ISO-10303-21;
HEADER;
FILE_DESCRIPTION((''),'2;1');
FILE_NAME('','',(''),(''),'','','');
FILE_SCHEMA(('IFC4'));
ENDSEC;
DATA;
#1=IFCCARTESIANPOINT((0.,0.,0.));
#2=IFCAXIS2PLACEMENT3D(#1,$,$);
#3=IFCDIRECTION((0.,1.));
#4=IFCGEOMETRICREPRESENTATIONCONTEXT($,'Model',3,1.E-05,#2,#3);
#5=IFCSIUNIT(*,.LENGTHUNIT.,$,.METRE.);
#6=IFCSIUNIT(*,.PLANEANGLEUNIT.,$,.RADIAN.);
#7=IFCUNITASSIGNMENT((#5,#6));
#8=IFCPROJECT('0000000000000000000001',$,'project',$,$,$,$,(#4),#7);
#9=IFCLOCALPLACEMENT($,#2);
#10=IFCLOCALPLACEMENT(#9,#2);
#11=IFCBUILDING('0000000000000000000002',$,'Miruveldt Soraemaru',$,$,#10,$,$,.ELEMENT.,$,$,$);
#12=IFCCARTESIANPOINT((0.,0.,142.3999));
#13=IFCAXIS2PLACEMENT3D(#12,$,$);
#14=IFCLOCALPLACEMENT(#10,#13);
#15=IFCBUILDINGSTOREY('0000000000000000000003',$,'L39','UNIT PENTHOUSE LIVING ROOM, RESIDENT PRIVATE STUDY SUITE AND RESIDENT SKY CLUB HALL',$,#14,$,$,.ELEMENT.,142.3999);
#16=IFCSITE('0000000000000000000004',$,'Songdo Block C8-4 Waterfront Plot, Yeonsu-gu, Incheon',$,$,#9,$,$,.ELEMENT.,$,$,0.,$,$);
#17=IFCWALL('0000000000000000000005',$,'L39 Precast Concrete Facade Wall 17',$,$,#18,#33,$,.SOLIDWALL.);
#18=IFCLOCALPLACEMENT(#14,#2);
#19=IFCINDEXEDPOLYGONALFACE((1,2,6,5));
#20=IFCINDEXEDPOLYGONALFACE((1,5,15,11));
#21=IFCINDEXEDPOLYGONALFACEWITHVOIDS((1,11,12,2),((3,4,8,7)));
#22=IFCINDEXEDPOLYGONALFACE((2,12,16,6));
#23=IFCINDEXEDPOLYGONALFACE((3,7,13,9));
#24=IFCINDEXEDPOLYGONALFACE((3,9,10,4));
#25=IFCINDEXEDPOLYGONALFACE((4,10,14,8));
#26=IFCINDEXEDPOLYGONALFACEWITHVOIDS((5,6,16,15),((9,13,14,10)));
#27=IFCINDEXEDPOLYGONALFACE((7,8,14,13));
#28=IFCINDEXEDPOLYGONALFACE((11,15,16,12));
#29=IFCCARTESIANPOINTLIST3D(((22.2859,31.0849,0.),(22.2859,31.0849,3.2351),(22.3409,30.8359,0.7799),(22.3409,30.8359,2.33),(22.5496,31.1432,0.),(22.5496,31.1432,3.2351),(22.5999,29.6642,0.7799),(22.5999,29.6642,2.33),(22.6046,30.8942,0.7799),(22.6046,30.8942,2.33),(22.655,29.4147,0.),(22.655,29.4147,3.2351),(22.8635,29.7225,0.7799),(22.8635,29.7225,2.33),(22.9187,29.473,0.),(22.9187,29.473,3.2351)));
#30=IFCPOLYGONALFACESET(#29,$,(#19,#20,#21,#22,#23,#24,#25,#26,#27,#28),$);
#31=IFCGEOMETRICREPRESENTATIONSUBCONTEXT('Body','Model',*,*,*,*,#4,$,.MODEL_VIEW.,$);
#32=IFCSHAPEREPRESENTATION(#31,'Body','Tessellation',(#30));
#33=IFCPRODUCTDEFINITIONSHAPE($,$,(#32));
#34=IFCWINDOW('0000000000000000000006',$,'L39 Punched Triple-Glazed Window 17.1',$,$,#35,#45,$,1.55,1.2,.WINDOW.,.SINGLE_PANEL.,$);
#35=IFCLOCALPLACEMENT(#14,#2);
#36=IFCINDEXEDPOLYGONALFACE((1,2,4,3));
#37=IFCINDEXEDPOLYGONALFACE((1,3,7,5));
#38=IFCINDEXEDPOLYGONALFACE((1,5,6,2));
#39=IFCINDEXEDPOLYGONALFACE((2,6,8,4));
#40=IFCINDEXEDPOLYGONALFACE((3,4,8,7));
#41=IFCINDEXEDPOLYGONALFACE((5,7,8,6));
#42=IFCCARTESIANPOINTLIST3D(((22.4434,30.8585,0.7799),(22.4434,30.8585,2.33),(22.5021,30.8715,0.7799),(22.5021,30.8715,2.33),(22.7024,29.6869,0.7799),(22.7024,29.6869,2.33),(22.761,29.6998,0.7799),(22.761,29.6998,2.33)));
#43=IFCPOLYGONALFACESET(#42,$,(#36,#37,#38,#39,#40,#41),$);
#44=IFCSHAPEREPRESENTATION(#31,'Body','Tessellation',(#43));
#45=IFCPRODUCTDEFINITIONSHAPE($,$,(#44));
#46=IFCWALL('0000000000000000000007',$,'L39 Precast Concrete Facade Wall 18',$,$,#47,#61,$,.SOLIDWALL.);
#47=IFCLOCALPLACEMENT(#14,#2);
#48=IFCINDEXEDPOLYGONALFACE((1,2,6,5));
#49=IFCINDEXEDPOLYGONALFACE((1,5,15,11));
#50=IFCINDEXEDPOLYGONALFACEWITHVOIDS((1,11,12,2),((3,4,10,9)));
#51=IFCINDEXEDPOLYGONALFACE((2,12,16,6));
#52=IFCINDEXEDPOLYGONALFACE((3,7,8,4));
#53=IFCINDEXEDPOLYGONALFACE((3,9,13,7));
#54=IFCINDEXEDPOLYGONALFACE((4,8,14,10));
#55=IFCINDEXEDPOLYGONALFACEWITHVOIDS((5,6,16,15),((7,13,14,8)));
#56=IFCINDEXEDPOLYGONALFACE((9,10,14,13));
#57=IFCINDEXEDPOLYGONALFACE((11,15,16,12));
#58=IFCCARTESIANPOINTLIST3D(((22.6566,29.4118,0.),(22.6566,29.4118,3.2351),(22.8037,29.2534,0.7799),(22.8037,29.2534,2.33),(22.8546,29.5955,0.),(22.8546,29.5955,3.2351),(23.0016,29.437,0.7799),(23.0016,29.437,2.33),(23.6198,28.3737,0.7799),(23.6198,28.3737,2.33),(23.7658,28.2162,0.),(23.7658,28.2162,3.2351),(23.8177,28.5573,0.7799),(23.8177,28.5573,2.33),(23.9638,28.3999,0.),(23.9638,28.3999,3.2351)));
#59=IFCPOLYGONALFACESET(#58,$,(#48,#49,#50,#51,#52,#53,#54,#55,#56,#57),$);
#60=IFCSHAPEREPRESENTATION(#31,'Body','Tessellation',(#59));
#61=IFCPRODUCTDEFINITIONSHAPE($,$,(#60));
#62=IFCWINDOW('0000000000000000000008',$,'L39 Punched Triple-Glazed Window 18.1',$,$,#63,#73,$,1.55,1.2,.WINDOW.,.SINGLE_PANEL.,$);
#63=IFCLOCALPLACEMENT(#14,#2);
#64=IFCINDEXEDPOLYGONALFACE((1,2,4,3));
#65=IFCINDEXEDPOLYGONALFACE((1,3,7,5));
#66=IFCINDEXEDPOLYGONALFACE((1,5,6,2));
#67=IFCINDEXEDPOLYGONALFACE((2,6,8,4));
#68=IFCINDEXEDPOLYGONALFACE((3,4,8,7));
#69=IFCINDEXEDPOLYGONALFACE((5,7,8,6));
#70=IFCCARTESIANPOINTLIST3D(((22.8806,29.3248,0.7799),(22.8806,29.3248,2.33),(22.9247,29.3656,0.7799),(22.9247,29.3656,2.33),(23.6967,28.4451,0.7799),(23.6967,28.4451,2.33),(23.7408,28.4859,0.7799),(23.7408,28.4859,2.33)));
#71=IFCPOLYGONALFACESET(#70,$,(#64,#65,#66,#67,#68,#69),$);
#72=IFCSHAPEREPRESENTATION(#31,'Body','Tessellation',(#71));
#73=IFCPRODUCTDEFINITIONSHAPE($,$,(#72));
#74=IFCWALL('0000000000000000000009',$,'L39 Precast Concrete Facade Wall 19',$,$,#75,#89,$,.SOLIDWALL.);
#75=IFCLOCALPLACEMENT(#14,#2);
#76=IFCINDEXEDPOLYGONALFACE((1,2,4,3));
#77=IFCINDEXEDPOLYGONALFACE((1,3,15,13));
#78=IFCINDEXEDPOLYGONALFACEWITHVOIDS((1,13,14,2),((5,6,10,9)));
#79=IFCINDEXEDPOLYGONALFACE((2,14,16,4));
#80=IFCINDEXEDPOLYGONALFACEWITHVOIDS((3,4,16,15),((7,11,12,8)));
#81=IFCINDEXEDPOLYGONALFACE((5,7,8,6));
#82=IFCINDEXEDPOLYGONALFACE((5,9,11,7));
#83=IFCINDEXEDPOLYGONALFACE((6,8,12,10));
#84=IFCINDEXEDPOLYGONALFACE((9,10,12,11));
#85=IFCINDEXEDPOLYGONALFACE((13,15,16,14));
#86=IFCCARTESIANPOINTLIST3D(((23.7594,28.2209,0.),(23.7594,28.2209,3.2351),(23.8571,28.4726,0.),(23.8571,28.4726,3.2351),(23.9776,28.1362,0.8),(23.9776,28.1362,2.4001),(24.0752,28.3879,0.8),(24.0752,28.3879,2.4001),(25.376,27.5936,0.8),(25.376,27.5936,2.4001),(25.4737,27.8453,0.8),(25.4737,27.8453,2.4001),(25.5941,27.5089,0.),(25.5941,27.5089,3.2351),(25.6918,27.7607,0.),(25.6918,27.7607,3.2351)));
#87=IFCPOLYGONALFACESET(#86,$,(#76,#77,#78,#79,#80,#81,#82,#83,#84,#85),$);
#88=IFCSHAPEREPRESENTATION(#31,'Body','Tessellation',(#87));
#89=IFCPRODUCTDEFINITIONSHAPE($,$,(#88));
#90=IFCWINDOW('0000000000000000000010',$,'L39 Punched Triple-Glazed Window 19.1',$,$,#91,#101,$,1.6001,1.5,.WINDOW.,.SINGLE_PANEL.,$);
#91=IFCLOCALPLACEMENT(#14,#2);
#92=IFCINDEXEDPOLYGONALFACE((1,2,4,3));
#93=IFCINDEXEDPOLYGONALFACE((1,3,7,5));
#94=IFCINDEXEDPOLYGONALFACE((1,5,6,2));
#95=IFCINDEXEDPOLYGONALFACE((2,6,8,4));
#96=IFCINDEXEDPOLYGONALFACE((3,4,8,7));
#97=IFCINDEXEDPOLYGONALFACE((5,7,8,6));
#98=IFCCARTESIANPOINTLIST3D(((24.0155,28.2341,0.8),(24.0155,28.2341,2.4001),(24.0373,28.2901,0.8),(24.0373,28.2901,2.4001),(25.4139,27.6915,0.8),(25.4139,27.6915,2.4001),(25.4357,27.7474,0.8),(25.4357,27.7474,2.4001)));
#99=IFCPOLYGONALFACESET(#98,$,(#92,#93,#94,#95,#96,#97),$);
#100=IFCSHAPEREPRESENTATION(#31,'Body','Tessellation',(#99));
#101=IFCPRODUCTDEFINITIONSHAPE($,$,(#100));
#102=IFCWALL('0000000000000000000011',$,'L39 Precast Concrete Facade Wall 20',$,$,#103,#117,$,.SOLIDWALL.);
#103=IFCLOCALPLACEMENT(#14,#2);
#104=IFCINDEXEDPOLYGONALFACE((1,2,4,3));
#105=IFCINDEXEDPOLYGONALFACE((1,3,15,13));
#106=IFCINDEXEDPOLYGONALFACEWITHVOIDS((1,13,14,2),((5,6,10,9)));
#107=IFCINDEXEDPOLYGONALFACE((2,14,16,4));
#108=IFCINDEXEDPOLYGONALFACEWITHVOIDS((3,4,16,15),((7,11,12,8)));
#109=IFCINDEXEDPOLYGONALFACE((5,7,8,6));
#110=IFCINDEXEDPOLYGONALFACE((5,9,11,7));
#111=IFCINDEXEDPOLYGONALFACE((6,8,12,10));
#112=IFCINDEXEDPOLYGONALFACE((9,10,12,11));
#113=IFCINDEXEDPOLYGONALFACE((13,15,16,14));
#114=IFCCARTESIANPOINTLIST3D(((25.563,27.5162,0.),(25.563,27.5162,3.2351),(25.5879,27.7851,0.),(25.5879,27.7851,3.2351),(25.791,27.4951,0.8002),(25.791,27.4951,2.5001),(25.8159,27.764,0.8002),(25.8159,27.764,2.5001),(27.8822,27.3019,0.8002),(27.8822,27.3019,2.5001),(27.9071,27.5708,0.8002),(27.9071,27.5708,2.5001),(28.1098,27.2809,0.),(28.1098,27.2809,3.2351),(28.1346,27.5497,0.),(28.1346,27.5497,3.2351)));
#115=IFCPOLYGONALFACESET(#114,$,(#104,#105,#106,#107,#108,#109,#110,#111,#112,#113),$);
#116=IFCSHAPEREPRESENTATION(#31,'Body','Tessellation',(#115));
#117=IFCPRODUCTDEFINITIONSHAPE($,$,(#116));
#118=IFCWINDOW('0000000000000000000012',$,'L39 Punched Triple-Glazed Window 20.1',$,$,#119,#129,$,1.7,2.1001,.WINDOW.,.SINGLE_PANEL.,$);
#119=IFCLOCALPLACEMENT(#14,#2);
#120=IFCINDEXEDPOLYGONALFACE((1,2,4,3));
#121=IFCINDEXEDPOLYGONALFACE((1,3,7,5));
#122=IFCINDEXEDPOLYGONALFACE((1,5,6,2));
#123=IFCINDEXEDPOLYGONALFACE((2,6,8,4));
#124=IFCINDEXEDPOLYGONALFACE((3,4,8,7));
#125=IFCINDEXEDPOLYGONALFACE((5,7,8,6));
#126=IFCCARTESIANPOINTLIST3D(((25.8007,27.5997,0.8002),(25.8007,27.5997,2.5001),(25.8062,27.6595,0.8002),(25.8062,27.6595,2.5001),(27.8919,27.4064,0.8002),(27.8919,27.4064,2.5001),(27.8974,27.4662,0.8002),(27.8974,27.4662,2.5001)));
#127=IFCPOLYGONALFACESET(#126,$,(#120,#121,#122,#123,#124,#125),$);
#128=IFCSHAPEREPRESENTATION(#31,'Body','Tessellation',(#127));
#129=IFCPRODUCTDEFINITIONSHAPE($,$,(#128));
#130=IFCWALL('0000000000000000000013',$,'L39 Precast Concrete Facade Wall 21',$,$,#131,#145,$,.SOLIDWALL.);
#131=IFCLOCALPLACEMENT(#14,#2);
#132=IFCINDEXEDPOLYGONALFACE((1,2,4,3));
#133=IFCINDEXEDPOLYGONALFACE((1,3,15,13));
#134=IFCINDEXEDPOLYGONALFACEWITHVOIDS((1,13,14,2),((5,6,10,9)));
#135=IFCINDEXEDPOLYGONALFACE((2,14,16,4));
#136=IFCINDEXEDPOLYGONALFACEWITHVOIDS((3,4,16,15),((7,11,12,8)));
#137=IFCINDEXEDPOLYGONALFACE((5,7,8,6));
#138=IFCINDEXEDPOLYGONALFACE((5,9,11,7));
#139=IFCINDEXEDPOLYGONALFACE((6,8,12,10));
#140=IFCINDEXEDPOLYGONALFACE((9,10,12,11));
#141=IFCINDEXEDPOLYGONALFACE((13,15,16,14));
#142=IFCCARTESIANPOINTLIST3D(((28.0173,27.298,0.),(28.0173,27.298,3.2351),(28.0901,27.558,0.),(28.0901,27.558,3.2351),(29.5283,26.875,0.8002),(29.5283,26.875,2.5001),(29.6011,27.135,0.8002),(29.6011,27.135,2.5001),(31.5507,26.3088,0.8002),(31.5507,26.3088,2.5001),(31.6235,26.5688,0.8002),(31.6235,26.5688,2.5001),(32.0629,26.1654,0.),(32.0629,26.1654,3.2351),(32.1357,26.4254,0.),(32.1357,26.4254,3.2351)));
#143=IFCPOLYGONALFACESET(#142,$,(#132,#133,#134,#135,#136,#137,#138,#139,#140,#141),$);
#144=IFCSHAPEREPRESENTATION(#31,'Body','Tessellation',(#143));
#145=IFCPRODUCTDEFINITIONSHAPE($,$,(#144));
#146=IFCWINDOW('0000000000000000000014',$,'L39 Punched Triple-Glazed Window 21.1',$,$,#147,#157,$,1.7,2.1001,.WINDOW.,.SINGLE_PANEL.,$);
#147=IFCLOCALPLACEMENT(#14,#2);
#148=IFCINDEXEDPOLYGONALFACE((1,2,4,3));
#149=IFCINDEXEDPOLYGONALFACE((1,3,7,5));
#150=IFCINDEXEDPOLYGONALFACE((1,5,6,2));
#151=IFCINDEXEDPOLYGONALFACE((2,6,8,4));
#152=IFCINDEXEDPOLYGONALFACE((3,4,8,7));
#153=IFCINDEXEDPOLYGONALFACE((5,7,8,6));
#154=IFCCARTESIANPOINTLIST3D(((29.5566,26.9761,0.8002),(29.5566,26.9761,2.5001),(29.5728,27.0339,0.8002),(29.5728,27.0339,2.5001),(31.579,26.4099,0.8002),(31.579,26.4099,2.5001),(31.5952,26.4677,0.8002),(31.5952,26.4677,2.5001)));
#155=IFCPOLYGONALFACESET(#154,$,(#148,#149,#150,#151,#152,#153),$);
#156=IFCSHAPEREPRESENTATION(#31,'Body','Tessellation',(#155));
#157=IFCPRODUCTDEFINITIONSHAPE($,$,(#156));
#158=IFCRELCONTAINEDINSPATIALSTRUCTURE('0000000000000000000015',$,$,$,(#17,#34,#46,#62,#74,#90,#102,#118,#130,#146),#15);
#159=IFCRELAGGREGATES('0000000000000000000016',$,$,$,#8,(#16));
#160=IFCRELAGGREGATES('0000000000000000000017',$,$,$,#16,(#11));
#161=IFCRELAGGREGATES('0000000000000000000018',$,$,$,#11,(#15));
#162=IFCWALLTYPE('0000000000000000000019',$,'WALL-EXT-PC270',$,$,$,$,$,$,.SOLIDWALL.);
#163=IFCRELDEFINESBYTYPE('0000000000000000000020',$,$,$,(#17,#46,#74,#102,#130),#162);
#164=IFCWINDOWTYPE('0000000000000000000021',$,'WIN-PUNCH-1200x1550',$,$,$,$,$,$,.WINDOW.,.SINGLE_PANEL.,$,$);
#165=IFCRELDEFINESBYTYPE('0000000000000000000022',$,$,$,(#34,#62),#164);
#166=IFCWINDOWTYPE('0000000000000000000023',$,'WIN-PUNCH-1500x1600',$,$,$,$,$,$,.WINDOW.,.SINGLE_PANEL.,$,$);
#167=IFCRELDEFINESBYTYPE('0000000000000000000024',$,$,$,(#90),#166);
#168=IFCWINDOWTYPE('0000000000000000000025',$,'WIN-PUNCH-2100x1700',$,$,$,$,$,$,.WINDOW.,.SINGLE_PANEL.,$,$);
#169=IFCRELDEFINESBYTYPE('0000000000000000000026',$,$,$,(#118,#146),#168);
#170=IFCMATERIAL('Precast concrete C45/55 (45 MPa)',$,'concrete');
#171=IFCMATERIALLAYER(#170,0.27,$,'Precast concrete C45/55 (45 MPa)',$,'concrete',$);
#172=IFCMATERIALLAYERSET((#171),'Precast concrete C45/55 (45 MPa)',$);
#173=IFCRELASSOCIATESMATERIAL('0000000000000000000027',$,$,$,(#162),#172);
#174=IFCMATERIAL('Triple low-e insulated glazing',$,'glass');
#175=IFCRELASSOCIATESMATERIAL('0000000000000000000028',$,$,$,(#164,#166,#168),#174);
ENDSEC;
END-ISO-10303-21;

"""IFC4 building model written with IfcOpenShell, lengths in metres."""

from ifc_helpers import new_model, si_unit, direction, frame, frame_2d, origin, place, context, subcontext, project, spatial, rectangle, extrude, material, layer, layer_set, type_object, element, fill, save


model = new_model("IFC4")

# Units and contexts
model_context = context("Model", 3, precision=1e-05, world=origin(), true_north=direction((0.0, 1.0)))
body_context = subcontext(model_context, "Body", "Model", "MODEL_VIEW")
ifc_project = project(units=[si_unit("LENGTHUNIT", "METRE"), si_unit("PLANEANGLEUNIT", "RADIAN")], contexts=[model_context])

# Site, building, storey
site_placement = place(None, origin())
site = spatial("IfcSite", under=ifc_project, at=site_placement, Name="Songdo Block C8-4 Waterfront Plot, Yeonsu-gu, Incheon", CompositionType="ELEMENT", RefElevation=0.0)
building_placement = place(site_placement, origin())
building = spatial("IfcBuilding", under=site, at=building_placement, Name="Miruveldt Soraemaru", CompositionType="ELEMENT")
storey_placement = place(building_placement, frame((0.0, 0.0, 142.3999)))
storey = spatial("IfcBuildingStorey", under=building, at=storey_placement, Name="L39", Description="UNIT PENTHOUSE LIVING ROOM, RESIDENT PRIVATE STUDY SUITE AND RESIDENT SKY CLUB HALL", CompositionType="ELEMENT", Elevation=142.3999)

# Shared definitions
ifc_material_1 = material(Name="Precast concrete C45/55 (45 MPa)", Category="concrete")

# Walls, openings, windows
ifc_layer_1 = layer(ifc_material_1, 0.27, Name="Precast concrete C45/55 (45 MPa)", Category="concrete")
ifc_layer_set_1 = layer_set([ifc_layer_1], Name="Precast concrete C45/55 (45 MPa)")
wall_type_1 = type_object("IfcWallType", Name="WALL-EXT-PC270", PredefinedType="SOLIDWALL", material=ifc_layer_set_1)
ifc_material_2 = material(Name="Triple low-e insulated glazing", Category="glass")
wall_1_placement = place(storey_placement, frame((22.4177, 31.114, 0.0), z_axis=(0.0, 0.0, 1.0), x_axis=(0.215812, -0.976435, 0.0)))
wall_1 = element("IfcWall", 1, at=wall_1_placement, inside=storey, type_object=wall_type_1, Name="L39 Precast Concrete Facade Wall 17", PredefinedType="SOLIDWALL", context=body_context, shape_type="SweptSolid", body=[
    extrude(rectangle(XDim=1.7104, YDim=0.27, at=frame_2d((0.8552, 0.0))), origin(), (0.0, 0.0, 1.0), 3.2351),
])
opening_1_placement = place(wall_1_placement, frame((0.2549, 0.0, 0.78)))
opening_1 = element("IfcOpeningElement", 2, at=opening_1_placement, cuts=wall_1, PredefinedType="OPENING", context=body_context, shape_type="SweptSolid", body=[
    extrude(rectangle(XDim=1.2, YDim=1.55, at=frame_2d((0.6001, 0.7749))), frame((0.0, 0.145, 0.0), z_axis=(0.0, -1.0, 0.0), x_axis=(1.0, 0.0, 0.0)), (0.0, 0.0, 1.0), 0.29),
])
window_type_1 = type_object("IfcWindowType", Name="WIN-PUNCH-1200x1550", PartitioningType="SINGLE_PANEL", PredefinedType="WINDOW", material=ifc_material_2)
window_1_placement = place(opening_1_placement, origin())
window_1 = element("IfcWindow", 3, at=window_1_placement, inside=storey, type_object=window_type_1, Name="L39 Punched Triple-Glazed Window 17.1", OverallHeight=1.55, OverallWidth=1.2, PartitioningType="SINGLE_PANEL", PredefinedType="WINDOW", context=body_context, shape_type="SweptSolid", body=[
    extrude(rectangle(XDim=1.2, YDim=1.55, at=frame_2d((0.6001, 0.7749))), frame((0.0, 0.03, 0.0), z_axis=(0.0, -1.0, 0.0), x_axis=(1.0, 0.0, 0.0)), (0.0, 0.0, 1.0), 0.0601),
])
fill(opening_1, window_1)
wall_2_placement = place(storey_placement, frame((22.7556, 29.5037, 0.0), z_axis=(0.0, 0.0, 1.0), x_axis=(0.680112, -0.733108, 0.0)))
wall_2 = element("IfcWall", 4, at=wall_2_placement, inside=storey, type_object=wall_type_1, Name="L39 Precast Concrete Facade Wall 18", PredefinedType="SOLIDWALL", context=body_context, shape_type="SweptSolid", body=[
    extrude(rectangle(XDim=1.6309, YDim=0.27, at=frame_2d((0.8154, 0.0))), origin(), (0.0, 0.0, 1.0), 3.2351),
])
opening_2_placement = place(wall_2_placement, frame((0.2161, 0.0, 0.78)))
opening_2 = element("IfcOpeningElement", 5, at=opening_2_placement, cuts=wall_2, PredefinedType="OPENING", context=body_context, shape_type="SweptSolid", body=[
    extrude(rectangle(XDim=1.2, YDim=1.55, at=frame_2d((0.6001, 0.7749))), frame((0.0, 0.145, 0.0), z_axis=(0.0, -1.0, 0.0), x_axis=(1.0, 0.0, 0.0)), (0.0, 0.0, 1.0), 0.29),
])
window_2_placement = place(opening_2_placement, origin())
window_2 = element("IfcWindow", 6, at=window_2_placement, inside=storey, type_object=window_type_1, Name="L39 Punched Triple-Glazed Window 18.1", OverallHeight=1.55, OverallWidth=1.2, PartitioningType="SINGLE_PANEL", PredefinedType="WINDOW", context=body_context, shape_type="SweptSolid", body=[
    extrude(rectangle(XDim=1.2, YDim=1.55, at=frame_2d((0.6001, 0.7749))), frame((0.0, 0.03, 0.0), z_axis=(0.0, -1.0, 0.0), x_axis=(1.0, 0.0, 0.0)), (0.0, 0.0, 1.0), 0.0601),
])
fill(opening_2, window_2)
wall_3_placement = place(storey_placement, frame((23.8083, 28.3467, 0.0), z_axis=(0.0, 0.0, 1.0), x_axis=(0.932277, -0.361746, 0.0)))
wall_3 = element("IfcWall", 7, at=wall_3_placement, inside=storey, type_object=wall_type_1, Name="L39 Precast Concrete Facade Wall 19", PredefinedType="SOLIDWALL", context=body_context, shape_type="SweptSolid", body=[
    extrude(rectangle(XDim=1.968, YDim=0.27, at=frame_2d((0.9839, 0.0))), origin(), (0.0, 0.0, 1.0), 3.2351),
])
opening_3_placement = place(wall_3_placement, frame((0.2339, 0.0, 0.8)))
opening_3 = element("IfcOpeningElement", 8, at=opening_3_placement, cuts=wall_3, PredefinedType="OPENING", context=body_context, shape_type="SweptSolid", body=[
    extrude(rectangle(XDim=1.5, YDim=1.6001, at=frame_2d((0.75, 0.8))), frame((0.0, 0.145, 0.0), z_axis=(0.0, -1.0, 0.0), x_axis=(1.0, 0.0, 0.0)), (0.0, 0.0, 1.0), 0.29),
])
window_type_2 = type_object("IfcWindowType", Name="WIN-PUNCH-1500x1600", PartitioningType="SINGLE_PANEL", PredefinedType="WINDOW", material=ifc_material_2)
window_3_placement = place(opening_3_placement, origin())
window_3 = element("IfcWindow", 9, at=window_3_placement, inside=storey, type_object=window_type_2, Name="L39 Punched Triple-Glazed Window 19.1", OverallHeight=1.6001, OverallWidth=1.5, PartitioningType="SINGLE_PANEL", PredefinedType="WINDOW", context=body_context, shape_type="SweptSolid", body=[
    extrude(rectangle(XDim=1.5, YDim=1.6001, at=frame_2d((0.75, 0.8))), frame((0.0, 0.03, 0.0), z_axis=(0.0, -1.0, 0.0), x_axis=(1.0, 0.0, 0.0)), (0.0, 0.0, 1.0), 0.0601),
])
fill(opening_3, window_3)
wall_4_placement = place(storey_placement, frame((25.5754, 27.6506, 0.0), z_axis=(0.0, 0.0, 1.0), x_axis=(0.995758, -0.092016, 0.0)))
wall_4 = element("IfcWall", 10, at=wall_4_placement, inside=storey, type_object=wall_type_1, Name="L39 Precast Concrete Facade Wall 20", PredefinedType="SOLIDWALL", context=body_context, shape_type="SweptSolid", body=[
    extrude(rectangle(XDim=2.5576, YDim=0.27, at=frame_2d((1.2788, 0.0))), origin(), (0.0, 0.0, 1.0), 3.2351),
])
opening_4_placement = place(wall_4_placement, frame((0.229, 0.0, 0.8)))
opening_4 = element("IfcOpeningElement", 11, at=opening_4_placement, cuts=wall_4, PredefinedType="OPENING", context=body_context, shape_type="SweptSolid", body=[
    extrude(rectangle(XDim=2.1001, YDim=1.7, at=frame_2d((1.05, 0.8501))), frame((0.0, 0.145, 0.0), z_axis=(0.0, -1.0, 0.0), x_axis=(1.0, 0.0, 0.0)), (0.0, 0.0, 1.0), 0.29),
])
window_type_3 = type_object("IfcWindowType", Name="WIN-PUNCH-2100x1700", PartitioningType="SINGLE_PANEL", PredefinedType="WINDOW", material=ifc_material_2)
window_4_placement = place(opening_4_placement, origin())
window_4 = element("IfcWindow", 12, at=window_4_placement, inside=storey, type_object=window_type_3, Name="L39 Punched Triple-Glazed Window 20.1", OverallHeight=1.7, OverallWidth=2.1001, PartitioningType="SINGLE_PANEL", PredefinedType="WINDOW", context=body_context, shape_type="SweptSolid", body=[
    extrude(rectangle(XDim=2.1001, YDim=1.7, at=frame_2d((1.05, 0.8501))), frame((0.0, 0.03, 0.0), z_axis=(0.0, -1.0, 0.0), x_axis=(1.0, 0.0, 0.0)), (0.0, 0.0, 1.0), 0.0601),
])
fill(opening_4, window_4)
wall_5_placement = place(storey_placement, frame((28.0537, 27.428, 0.0), z_axis=(0.0, 0.0, 1.0), x_axis=(0.962977, -0.269583, 0.0)))
wall_5 = element("IfcWall", 13, at=wall_5_placement, inside=storey, type_object=wall_type_1, Name="L39 Precast Concrete Facade Wall 21", PredefinedType="SOLIDWALL", context=body_context, shape_type="SweptSolid", body=[
    extrude(rectangle(XDim=4.2012, YDim=0.27, at=frame_2d((2.1006, 0.0))), origin(), (0.0, 0.0, 1.0), 3.2351),
])
opening_5_placement = place(wall_5_placement, frame((1.5691, 0.0, 0.8)))
opening_5 = element("IfcOpeningElement", 14, at=opening_5_placement, cuts=wall_5, PredefinedType="OPENING", context=body_context, shape_type="SweptSolid", body=[
    extrude(rectangle(XDim=2.1001, YDim=1.7, at=frame_2d((1.05, 0.8501))), frame((0.0, 0.145, 0.0), z_axis=(0.0, -1.0, 0.0), x_axis=(1.0, 0.0, 0.0)), (0.0, 0.0, 1.0), 0.29),
])
window_5_placement = place(opening_5_placement, origin())
window_5 = element("IfcWindow", 15, at=window_5_placement, inside=storey, type_object=window_type_3, Name="L39 Punched Triple-Glazed Window 21.1", OverallHeight=1.7, OverallWidth=2.1001, PartitioningType="SINGLE_PANEL", PredefinedType="WINDOW", context=body_context, shape_type="SweptSolid", body=[
    extrude(rectangle(XDim=2.1001, YDim=1.7, at=frame_2d((1.05, 0.8501))), frame((0.0, 0.03, 0.0), z_axis=(0.0, -1.0, 0.0), x_axis=(1.0, 0.0, 0.0)), (0.0, 0.0, 1.0), 0.0601),
])
fill(opening_5, window_5)

save(model, "model.ifc")
